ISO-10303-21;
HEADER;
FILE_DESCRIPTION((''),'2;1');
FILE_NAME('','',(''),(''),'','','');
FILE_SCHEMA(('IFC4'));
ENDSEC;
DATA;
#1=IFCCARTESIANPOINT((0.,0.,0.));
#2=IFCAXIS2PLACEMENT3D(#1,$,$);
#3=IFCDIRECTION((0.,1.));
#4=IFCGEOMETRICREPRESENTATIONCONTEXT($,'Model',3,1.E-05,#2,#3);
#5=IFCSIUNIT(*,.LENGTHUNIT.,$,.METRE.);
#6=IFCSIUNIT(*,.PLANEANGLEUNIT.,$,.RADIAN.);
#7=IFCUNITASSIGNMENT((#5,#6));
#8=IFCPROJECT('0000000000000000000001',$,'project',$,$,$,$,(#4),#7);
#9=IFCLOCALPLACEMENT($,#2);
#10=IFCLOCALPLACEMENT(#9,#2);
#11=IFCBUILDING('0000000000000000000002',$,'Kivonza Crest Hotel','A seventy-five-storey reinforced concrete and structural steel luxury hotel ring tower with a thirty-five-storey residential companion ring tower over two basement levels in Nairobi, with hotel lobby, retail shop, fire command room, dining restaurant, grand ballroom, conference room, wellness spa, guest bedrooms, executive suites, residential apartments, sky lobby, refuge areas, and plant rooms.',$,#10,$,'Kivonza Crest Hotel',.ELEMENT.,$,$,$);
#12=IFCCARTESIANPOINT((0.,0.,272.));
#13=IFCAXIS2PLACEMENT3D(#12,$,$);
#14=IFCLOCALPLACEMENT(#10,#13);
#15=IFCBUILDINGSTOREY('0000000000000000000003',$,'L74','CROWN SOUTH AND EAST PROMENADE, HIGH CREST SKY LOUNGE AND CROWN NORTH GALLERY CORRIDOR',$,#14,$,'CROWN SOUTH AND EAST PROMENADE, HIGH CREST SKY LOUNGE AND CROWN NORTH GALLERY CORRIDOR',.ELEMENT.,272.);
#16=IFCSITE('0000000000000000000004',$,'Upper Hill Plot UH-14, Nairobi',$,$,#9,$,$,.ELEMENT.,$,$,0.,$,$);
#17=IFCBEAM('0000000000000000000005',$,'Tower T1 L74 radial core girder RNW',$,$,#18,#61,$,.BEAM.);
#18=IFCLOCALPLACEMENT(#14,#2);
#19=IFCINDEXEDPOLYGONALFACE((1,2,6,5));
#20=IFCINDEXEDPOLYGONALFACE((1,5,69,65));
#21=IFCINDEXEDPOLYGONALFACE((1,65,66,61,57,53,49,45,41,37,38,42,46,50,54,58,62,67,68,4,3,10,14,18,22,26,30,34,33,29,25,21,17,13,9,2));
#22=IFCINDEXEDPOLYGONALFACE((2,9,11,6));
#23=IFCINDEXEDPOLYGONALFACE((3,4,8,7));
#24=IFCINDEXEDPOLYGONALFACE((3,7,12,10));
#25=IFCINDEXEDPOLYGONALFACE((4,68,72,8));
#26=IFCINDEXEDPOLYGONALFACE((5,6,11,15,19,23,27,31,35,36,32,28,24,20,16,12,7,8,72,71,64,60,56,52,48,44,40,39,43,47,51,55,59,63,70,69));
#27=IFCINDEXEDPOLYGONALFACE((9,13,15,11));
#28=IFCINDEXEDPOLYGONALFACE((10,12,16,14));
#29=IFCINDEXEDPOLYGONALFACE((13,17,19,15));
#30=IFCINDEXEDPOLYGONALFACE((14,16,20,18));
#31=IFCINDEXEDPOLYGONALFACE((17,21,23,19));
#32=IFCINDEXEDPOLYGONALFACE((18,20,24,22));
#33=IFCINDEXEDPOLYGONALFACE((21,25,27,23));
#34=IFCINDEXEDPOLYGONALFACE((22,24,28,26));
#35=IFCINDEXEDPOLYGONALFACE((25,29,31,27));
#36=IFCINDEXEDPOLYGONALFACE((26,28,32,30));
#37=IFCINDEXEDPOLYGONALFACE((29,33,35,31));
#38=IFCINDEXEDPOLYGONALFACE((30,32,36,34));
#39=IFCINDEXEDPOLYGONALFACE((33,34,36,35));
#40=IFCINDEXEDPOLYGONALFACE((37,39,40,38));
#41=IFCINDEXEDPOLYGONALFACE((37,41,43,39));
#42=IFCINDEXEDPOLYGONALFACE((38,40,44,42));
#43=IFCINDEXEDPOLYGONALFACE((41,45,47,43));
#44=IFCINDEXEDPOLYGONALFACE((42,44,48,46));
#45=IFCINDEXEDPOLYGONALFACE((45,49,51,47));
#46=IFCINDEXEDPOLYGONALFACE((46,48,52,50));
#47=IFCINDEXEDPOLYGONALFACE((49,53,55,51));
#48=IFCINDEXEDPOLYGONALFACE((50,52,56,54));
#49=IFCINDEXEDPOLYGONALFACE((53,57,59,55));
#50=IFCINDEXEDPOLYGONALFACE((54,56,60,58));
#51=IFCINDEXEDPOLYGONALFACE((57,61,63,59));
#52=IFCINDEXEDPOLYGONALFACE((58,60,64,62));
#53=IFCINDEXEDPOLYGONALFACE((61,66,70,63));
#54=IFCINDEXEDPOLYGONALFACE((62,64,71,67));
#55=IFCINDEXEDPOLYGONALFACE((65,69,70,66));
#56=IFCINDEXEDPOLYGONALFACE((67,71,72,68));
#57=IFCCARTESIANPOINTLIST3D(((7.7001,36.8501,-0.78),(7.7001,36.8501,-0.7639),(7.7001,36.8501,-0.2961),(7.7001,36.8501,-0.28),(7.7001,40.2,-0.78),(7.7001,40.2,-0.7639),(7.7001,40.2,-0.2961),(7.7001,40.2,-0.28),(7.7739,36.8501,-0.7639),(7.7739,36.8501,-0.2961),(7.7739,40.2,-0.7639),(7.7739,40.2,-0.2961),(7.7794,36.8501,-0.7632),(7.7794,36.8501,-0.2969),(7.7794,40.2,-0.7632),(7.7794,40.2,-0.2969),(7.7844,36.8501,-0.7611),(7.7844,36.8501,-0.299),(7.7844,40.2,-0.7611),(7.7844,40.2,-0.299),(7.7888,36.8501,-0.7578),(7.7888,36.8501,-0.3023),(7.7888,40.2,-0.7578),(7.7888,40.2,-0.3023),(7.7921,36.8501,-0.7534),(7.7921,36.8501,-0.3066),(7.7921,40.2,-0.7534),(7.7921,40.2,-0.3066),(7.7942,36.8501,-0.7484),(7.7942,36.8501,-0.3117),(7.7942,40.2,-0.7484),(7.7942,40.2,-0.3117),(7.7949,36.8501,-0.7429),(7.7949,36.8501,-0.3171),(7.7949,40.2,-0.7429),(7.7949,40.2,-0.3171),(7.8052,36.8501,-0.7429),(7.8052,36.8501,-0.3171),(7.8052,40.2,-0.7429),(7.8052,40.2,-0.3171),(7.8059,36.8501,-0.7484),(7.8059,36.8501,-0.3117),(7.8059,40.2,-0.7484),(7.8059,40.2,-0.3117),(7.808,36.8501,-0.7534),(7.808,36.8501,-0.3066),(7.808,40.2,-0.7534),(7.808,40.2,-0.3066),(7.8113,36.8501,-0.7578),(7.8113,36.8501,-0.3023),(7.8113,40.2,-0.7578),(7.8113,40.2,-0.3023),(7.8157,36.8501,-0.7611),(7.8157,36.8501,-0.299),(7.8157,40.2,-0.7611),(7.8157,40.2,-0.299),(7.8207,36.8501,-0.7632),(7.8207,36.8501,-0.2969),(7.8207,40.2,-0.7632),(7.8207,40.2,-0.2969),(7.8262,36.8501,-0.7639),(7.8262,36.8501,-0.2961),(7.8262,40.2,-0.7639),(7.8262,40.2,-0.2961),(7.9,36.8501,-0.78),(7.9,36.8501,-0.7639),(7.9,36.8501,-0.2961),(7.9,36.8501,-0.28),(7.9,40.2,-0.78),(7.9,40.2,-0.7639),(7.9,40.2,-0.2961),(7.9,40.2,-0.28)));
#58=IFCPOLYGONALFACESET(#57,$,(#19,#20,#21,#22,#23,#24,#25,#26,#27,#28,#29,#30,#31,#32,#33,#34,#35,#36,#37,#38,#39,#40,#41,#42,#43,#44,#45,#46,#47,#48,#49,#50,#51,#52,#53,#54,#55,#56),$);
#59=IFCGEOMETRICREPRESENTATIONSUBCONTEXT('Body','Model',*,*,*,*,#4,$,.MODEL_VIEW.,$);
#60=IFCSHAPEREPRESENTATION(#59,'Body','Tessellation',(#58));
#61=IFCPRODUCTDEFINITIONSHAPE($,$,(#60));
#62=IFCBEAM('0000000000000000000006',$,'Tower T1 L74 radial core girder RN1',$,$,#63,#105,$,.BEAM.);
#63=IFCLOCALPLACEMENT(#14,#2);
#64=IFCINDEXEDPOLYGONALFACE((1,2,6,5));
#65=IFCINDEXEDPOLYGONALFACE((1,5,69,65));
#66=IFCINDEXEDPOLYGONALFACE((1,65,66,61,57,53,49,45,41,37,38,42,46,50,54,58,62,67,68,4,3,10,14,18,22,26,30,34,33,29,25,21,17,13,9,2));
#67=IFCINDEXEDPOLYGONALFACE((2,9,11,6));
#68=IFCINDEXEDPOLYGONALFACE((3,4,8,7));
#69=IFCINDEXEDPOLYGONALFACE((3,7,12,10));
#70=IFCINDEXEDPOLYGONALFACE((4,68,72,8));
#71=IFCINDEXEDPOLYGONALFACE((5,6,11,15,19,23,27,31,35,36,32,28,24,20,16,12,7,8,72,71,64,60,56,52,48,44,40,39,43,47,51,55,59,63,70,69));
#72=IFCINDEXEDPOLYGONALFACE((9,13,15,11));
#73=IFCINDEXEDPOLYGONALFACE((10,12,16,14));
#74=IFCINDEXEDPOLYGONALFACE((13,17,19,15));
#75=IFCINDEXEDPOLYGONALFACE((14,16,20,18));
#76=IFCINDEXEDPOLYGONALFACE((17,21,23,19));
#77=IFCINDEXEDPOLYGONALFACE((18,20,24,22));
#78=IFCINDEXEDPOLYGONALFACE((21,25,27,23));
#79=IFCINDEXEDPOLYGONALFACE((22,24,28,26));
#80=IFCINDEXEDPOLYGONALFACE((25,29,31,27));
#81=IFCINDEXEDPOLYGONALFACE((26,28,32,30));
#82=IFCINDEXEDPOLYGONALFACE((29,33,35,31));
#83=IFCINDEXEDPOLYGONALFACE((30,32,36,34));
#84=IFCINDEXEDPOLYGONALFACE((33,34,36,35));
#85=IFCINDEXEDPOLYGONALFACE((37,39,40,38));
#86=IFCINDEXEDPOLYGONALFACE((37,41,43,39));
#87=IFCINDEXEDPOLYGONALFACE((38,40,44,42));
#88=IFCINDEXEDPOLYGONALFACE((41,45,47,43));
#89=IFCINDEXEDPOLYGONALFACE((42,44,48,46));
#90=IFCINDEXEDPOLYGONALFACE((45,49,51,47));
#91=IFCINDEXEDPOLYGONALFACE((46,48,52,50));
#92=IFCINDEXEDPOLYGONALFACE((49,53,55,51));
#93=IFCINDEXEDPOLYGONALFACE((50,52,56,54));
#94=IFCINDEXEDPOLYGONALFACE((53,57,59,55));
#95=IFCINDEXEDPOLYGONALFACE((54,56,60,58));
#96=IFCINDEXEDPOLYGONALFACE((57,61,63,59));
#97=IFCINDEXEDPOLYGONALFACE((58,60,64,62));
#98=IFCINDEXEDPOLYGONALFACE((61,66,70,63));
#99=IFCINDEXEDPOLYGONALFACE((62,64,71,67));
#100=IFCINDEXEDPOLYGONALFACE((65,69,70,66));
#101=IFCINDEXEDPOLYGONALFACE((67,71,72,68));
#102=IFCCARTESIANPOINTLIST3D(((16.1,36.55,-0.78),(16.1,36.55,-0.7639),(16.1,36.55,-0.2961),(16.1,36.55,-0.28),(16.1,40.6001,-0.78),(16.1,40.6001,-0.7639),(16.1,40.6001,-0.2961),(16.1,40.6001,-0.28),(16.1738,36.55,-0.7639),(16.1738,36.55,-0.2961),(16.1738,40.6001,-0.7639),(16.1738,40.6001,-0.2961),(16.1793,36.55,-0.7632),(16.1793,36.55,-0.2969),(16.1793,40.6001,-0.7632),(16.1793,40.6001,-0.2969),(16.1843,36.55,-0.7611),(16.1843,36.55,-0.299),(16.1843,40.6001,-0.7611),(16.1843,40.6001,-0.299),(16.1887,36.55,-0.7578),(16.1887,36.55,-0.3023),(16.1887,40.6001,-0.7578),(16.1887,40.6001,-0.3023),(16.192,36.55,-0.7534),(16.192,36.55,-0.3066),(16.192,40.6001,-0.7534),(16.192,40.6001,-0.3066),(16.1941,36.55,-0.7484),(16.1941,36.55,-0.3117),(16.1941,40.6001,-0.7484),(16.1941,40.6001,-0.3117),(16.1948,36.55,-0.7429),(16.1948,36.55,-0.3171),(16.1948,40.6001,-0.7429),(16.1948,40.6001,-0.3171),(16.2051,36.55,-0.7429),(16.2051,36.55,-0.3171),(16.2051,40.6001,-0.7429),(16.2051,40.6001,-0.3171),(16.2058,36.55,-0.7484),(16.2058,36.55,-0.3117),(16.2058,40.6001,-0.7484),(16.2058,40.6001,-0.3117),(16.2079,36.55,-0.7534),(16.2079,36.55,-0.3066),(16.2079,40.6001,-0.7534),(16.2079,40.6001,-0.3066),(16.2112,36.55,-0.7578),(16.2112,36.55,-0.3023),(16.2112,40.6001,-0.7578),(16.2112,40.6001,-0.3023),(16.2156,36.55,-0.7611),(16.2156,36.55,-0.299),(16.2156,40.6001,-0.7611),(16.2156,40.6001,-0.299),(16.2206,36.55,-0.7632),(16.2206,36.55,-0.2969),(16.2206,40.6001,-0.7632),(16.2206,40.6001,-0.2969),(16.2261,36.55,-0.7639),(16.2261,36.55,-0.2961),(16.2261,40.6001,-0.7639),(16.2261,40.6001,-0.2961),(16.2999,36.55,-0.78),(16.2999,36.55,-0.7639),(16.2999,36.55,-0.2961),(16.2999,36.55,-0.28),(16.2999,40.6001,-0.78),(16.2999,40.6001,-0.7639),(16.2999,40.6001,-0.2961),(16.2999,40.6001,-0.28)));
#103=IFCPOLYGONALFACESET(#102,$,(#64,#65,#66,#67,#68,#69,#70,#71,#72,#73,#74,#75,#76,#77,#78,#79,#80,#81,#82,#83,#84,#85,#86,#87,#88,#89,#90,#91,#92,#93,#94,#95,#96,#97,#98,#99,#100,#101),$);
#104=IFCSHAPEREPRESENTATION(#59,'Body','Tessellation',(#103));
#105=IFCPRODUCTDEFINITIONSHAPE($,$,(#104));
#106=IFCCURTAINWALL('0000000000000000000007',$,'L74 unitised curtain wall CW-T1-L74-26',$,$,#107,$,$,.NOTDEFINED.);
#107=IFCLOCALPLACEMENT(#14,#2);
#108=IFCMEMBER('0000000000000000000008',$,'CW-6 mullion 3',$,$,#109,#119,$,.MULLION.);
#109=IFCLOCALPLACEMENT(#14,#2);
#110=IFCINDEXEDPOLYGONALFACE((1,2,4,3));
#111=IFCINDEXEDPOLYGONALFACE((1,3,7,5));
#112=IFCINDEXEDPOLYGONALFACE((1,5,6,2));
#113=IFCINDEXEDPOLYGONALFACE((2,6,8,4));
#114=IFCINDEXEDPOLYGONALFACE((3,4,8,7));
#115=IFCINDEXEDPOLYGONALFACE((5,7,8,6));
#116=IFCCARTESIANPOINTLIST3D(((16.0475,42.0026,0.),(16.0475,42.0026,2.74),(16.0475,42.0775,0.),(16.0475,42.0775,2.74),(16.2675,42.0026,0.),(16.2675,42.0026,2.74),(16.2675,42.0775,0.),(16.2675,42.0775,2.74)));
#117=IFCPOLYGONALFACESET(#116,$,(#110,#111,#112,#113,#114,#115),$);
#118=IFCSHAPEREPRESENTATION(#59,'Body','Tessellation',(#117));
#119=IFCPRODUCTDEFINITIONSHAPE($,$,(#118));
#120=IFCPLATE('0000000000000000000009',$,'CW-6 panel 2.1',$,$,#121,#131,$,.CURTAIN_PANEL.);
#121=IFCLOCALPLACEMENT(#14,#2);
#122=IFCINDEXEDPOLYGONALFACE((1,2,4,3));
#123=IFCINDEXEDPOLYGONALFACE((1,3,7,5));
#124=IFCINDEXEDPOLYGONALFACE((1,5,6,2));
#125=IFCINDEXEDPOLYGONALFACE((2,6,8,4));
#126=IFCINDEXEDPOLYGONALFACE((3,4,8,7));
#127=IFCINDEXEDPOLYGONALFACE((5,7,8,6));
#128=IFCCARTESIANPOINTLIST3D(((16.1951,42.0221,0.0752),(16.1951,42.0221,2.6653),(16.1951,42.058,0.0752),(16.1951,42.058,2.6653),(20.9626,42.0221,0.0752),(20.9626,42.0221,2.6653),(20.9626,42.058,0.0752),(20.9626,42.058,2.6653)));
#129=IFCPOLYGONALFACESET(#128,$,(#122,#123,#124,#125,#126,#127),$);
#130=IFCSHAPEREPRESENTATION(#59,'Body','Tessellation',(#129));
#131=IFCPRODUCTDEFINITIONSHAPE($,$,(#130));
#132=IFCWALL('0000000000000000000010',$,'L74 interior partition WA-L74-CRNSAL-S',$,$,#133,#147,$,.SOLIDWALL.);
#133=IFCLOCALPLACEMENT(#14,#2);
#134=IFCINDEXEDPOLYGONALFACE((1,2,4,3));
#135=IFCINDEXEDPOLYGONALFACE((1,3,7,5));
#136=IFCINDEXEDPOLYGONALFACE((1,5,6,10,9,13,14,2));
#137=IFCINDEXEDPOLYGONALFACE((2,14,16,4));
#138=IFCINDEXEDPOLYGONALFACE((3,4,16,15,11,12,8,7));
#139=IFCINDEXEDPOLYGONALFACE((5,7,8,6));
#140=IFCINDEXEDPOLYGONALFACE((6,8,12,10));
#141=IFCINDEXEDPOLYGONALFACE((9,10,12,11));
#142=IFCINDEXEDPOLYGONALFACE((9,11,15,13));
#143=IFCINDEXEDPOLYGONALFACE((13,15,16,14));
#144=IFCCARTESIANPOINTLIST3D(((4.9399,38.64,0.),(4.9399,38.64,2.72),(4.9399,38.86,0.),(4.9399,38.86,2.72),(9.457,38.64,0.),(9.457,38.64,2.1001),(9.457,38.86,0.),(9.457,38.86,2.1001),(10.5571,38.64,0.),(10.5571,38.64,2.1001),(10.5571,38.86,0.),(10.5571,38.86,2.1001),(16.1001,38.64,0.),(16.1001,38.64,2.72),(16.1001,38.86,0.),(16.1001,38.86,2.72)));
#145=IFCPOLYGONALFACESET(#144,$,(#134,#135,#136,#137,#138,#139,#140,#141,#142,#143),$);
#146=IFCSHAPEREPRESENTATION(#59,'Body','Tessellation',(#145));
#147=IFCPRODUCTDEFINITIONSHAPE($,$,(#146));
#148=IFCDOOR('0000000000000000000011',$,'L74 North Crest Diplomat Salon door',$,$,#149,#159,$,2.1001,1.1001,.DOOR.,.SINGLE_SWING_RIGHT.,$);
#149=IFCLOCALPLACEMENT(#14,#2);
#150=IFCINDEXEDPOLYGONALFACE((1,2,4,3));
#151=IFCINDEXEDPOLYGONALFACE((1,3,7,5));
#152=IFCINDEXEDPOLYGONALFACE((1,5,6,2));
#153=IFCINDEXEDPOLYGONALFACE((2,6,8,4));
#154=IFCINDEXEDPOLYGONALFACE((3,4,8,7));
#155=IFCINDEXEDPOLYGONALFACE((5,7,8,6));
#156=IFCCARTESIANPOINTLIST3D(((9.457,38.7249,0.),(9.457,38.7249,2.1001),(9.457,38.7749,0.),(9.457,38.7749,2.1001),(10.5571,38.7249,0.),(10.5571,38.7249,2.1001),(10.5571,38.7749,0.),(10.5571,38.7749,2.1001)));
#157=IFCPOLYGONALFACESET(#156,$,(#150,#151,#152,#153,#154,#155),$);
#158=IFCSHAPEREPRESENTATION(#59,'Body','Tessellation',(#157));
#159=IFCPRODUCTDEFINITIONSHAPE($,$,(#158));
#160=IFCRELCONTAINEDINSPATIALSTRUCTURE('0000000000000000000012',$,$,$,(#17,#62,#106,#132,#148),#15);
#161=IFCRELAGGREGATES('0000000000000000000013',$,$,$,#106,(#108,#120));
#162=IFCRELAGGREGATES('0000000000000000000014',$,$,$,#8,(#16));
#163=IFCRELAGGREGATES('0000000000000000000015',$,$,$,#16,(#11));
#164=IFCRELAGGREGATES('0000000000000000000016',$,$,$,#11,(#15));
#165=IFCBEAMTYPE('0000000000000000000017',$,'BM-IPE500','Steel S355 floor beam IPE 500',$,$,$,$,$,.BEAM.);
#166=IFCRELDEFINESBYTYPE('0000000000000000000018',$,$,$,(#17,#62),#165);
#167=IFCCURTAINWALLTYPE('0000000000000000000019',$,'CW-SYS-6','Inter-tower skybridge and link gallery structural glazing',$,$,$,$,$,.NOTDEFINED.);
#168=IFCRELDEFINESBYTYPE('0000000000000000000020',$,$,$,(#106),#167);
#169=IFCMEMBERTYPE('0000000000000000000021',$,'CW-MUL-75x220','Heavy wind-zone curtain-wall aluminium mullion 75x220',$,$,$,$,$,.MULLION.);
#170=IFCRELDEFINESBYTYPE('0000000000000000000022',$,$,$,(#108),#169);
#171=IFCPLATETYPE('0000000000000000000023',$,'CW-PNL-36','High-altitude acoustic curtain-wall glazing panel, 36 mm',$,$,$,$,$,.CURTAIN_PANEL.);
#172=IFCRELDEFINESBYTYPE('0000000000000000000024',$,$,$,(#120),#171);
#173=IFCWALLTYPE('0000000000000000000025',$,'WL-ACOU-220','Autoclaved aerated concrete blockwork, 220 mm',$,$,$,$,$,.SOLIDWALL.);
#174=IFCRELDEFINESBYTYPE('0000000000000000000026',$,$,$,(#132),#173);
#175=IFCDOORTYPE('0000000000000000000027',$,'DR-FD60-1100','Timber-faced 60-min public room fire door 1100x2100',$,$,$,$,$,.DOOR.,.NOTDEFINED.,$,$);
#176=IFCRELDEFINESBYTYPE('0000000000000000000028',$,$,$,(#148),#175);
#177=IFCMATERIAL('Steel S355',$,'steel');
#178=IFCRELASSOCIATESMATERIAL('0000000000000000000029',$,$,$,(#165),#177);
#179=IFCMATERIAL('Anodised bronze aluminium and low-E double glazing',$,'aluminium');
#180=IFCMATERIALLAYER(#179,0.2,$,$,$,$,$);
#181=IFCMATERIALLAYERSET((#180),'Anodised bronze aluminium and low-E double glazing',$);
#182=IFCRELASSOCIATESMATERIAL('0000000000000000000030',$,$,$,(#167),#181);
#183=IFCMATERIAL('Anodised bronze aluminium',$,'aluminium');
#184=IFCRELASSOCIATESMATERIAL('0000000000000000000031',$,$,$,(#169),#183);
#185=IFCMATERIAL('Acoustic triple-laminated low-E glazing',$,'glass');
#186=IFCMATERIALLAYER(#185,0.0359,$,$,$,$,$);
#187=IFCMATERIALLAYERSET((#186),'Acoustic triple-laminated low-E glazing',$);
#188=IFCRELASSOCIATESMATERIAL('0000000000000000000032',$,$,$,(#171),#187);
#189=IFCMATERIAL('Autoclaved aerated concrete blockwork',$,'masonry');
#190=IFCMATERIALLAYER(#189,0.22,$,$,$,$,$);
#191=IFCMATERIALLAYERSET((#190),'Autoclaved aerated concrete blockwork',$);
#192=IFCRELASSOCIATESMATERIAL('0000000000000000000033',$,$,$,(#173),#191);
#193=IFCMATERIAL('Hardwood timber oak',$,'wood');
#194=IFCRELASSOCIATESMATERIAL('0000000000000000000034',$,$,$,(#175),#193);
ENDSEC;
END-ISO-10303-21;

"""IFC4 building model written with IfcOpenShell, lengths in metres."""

from ifc_helpers import new_model, si_unit, direction, frame, frame_2d, origin, origin_2d, place, context, subcontext, project, spatial, rectangle, i_section, extrude, material, layer, layer_set, material_profile, profile_set, type_object, element, fill, aggregate, save


model = new_model("IFC4")

# Units and contexts
model_context = context("Model", 3, precision=1e-05, world=origin(), true_north=direction((0.0, 1.0)))
body_context = subcontext(model_context, "Body", "Model", "MODEL_VIEW")
ifc_project = project(units=[si_unit("LENGTHUNIT", "METRE"), si_unit("PLANEANGLEUNIT", "RADIAN")], contexts=[model_context])

# Site, building, storey
site_placement = place(None, origin())
site = spatial("IfcSite", under=ifc_project, at=site_placement, Name="Upper Hill Plot UH-14, Nairobi", CompositionType="ELEMENT", RefElevation=0.0)
building_placement = place(site_placement, origin())
building = spatial("IfcBuilding", under=site, at=building_placement, Name="Kivonza Crest Hotel", Description="A seventy-five-storey reinforced concrete and structural steel luxury hotel ring tower with a thirty-five-storey residential companion ring tower over two basement levels in Nairobi, with hotel lobby, retail shop, fire command room, dining restaurant, grand ballroom, conference room, wellness spa, guest bedrooms, executive suites, residential apartments, sky lobby, refuge areas, and plant rooms.", LongName="Kivonza Crest Hotel", CompositionType="ELEMENT")
storey_placement = place(building_placement, frame((0.0, 0.0, 272.0)))
storey = spatial("IfcBuildingStorey", under=building, at=storey_placement, Name="L74", Description="CROWN SOUTH AND EAST PROMENADE, HIGH CREST SKY LOUNGE AND CROWN NORTH GALLERY CORRIDOR", LongName="CROWN SOUTH AND EAST PROMENADE, HIGH CREST SKY LOUNGE AND CROWN NORTH GALLERY CORRIDOR", CompositionType="ELEMENT", Elevation=272.0)

# Beams
ifc_material_1 = material(Name="Steel S355", Category="steel")
ifc_material_profile_1 = material_profile(ifc_material_1, i_section(OverallWidth=0.2, OverallDepth=0.5, WebThickness=0.0103, FlangeThickness=0.0161, FilletRadius=0.021, at=origin_2d()), Name="IPE 500")
ifc_profile_set_1 = profile_set([ifc_material_profile_1], Name="Steel S355")
beam_type_1 = type_object("IfcBeamType", Name="BM-IPE500", Description="Steel S355 floor beam IPE 500", PredefinedType="BEAM", material=ifc_profile_set_1)
beam_1_placement = place(storey_placement, frame((7.8, 40.2, -0.53), z_axis=(0.0, -1.0, 0.0), x_axis=(1.0, 0.0, 0.0)))
element("IfcBeam", 1, at=beam_1_placement, inside=storey, type_object=beam_type_1, Name="Tower T1 L74 radial core girder RNW", PredefinedType="BEAM", context=body_context, shape_type="SweptSolid", body=[
    extrude(i_section(OverallWidth=0.2, OverallDepth=0.5, WebThickness=0.0103, FlangeThickness=0.0161, FilletRadius=0.021, at=origin_2d()), origin(), (0.0, 0.0, 1.0), 3.3499),
])
beam_2_placement = place(storey_placement, frame((16.2, 40.6001, -0.53), z_axis=(0.0, -1.0, 0.0), x_axis=(1.0, 0.0, 0.0)))
element("IfcBeam", 2, at=beam_2_placement, inside=storey, type_object=beam_type_1, Name="Tower T1 L74 radial core girder RN1", PredefinedType="BEAM", context=body_context, shape_type="SweptSolid", body=[
    extrude(i_section(OverallWidth=0.2, OverallDepth=0.5, WebThickness=0.0103, FlangeThickness=0.0161, FilletRadius=0.021, at=origin_2d()), origin(), (0.0, 0.0, 1.0), 4.05),
])

# Curtain wall, member, plate
ifc_material_2 = material(Name="Anodised bronze aluminium and low-E double glazing", Category="aluminium")
ifc_layer_1 = layer(ifc_material_2, 0.2)
ifc_layer_set_1 = layer_set([ifc_layer_1], Name="Anodised bronze aluminium and low-E double glazing")
curtain_wall_type = type_object("IfcCurtainWallType", Name="CW-SYS-6", Description="Inter-tower skybridge and link gallery structural glazing", PredefinedType="NOTDEFINED", material=ifc_layer_set_1)
curtain_wall_placement = place(storey_placement, origin())
curtain_wall = element("IfcCurtainWall", 3, at=curtain_wall_placement, inside=storey, type_object=curtain_wall_type, Name="L74 unitised curtain wall CW-T1-L74-26", PredefinedType="NOTDEFINED")
ifc_material_3 = material(Name="Anodised bronze aluminium", Category="aluminium")
ifc_material_profile_2 = material_profile(ifc_material_3, rectangle(XDim=0.075, YDim=0.22, at=origin_2d()), Name="CW-M 75x220")
ifc_profile_set_2 = profile_set([ifc_material_profile_2], Name="Anodised bronze aluminium")
member_type = type_object("IfcMemberType", Name="CW-MUL-75x220", Description="Heavy wind-zone curtain-wall aluminium mullion 75x220", PredefinedType="MULLION", material=ifc_profile_set_2)
member_placement = place(storey_placement, frame((16.1575, 42.04, 0.0), z_axis=(0.0, 0.0, 1.0), x_axis=(0.0, -1.0, 0.0)))
member = element("IfcMember", 4, at=member_placement, type_object=member_type, Name="CW-6 mullion 3", PredefinedType="MULLION", context=body_context, shape_type="SweptSolid", body=[
    extrude(rectangle(XDim=0.075, YDim=0.22, at=origin_2d()), origin(), (0.0, 0.0, 1.0), 2.74),
])
ifc_material_4 = material(Name="Acoustic triple-laminated low-E glazing", Category="glass")
ifc_layer_2 = layer(ifc_material_4, 0.0359)
ifc_layer_set_2 = layer_set([ifc_layer_2], Name="Acoustic triple-laminated low-E glazing")
plate_type = type_object("IfcPlateType", Name="CW-PNL-36", Description="High-altitude acoustic curtain-wall glazing panel, 36 mm", PredefinedType="CURTAIN_PANEL", material=ifc_layer_set_2)
plate_placement = place(storey_placement, frame((18.5789, 42.04, 0.0752), z_axis=(0.0, 0.0, 1.0), x_axis=(-1.0, 0.0, 0.0)))
plate = element("IfcPlate", 5, at=plate_placement, type_object=plate_type, Name="CW-6 panel 2.1", PredefinedType="CURTAIN_PANEL", context=body_context, shape_type="SweptSolid", body=[
    extrude(rectangle(XDim=4.7676, YDim=0.0359, at=origin_2d()), origin(), (0.0, 0.0, 1.0), 2.5901),
])
aggregate(curtain_wall, [member, plate])

# Wall, opening, door
ifc_material_5 = material(Name="Autoclaved aerated concrete blockwork", Category="masonry")
ifc_layer_3 = layer(ifc_material_5, 0.22)
ifc_layer_set_3 = layer_set([ifc_layer_3], Name="Autoclaved aerated concrete blockwork")
wall_type_1 = type_object("IfcWallType", Name="WL-ACOU-220", Description="Autoclaved aerated concrete blockwork, 220 mm", PredefinedType="SOLIDWALL", material=ifc_layer_set_3)
wall_1_placement = place(storey_placement, frame((4.9399, 38.75, 0.0), z_axis=(0.0, 0.0, 1.0), x_axis=(1.0, 0.0, 0.0)))
wall_1 = element("IfcWall", 6, at=wall_1_placement, inside=storey, type_object=wall_type_1, Name="L74 interior partition WA-L74-CRNSAL-S", PredefinedType="SOLIDWALL", context=body_context, shape_type="SweptSolid", body=[
    extrude(rectangle(XDim=11.1602, YDim=0.22, at=frame_2d((5.5801, 0.0))), origin(), (0.0, 0.0, 1.0), 2.72),
])
opening_1_placement = place(wall_1_placement, frame((4.5171, 0.0, 0.0)))
opening_1 = element("IfcOpeningElement", 7, at=opening_1_placement, cuts=wall_1, PredefinedType="OPENING", context=body_context, shape_type="SweptSolid", body=[
    extrude(rectangle(XDim=1.1001, YDim=2.1001, at=frame_2d((0.55, 1.05))), frame((0.0, 0.1201, 0.0), z_axis=(0.0, -1.0, 0.0), x_axis=(1.0, 0.0, 0.0)), (0.0, 0.0, 1.0), 0.24),
])
ifc_material_6 = material(Name="Hardwood timber oak", Category="wood")
door_type = type_object("IfcDoorType", Name="DR-FD60-1100", Description="Timber-faced 60-min public room fire door 1100x2100", OperationType="NOTDEFINED", PredefinedType="DOOR", material=ifc_material_6)
door_1_placement = place(opening_1_placement, origin())
door_1 = element("IfcDoor", 8, at=door_1_placement, inside=storey, type_object=door_type, Name="L74 North Crest Diplomat Salon door", OperationType="SINGLE_SWING_RIGHT", OverallHeight=2.1001, OverallWidth=1.1001, PredefinedType="DOOR", context=body_context, shape_type="SweptSolid", body=[
    extrude(rectangle(XDim=1.1001, YDim=2.1001, at=frame_2d((0.55, 1.05))), frame((0.0, 0.0249, 0.0), z_axis=(0.0, -1.0, 0.0), x_axis=(1.0, 0.0, 0.0)), (0.0, 0.0, 1.0), 0.05),
])
fill(opening_1, door_1)

save(model, "model.ifc")
